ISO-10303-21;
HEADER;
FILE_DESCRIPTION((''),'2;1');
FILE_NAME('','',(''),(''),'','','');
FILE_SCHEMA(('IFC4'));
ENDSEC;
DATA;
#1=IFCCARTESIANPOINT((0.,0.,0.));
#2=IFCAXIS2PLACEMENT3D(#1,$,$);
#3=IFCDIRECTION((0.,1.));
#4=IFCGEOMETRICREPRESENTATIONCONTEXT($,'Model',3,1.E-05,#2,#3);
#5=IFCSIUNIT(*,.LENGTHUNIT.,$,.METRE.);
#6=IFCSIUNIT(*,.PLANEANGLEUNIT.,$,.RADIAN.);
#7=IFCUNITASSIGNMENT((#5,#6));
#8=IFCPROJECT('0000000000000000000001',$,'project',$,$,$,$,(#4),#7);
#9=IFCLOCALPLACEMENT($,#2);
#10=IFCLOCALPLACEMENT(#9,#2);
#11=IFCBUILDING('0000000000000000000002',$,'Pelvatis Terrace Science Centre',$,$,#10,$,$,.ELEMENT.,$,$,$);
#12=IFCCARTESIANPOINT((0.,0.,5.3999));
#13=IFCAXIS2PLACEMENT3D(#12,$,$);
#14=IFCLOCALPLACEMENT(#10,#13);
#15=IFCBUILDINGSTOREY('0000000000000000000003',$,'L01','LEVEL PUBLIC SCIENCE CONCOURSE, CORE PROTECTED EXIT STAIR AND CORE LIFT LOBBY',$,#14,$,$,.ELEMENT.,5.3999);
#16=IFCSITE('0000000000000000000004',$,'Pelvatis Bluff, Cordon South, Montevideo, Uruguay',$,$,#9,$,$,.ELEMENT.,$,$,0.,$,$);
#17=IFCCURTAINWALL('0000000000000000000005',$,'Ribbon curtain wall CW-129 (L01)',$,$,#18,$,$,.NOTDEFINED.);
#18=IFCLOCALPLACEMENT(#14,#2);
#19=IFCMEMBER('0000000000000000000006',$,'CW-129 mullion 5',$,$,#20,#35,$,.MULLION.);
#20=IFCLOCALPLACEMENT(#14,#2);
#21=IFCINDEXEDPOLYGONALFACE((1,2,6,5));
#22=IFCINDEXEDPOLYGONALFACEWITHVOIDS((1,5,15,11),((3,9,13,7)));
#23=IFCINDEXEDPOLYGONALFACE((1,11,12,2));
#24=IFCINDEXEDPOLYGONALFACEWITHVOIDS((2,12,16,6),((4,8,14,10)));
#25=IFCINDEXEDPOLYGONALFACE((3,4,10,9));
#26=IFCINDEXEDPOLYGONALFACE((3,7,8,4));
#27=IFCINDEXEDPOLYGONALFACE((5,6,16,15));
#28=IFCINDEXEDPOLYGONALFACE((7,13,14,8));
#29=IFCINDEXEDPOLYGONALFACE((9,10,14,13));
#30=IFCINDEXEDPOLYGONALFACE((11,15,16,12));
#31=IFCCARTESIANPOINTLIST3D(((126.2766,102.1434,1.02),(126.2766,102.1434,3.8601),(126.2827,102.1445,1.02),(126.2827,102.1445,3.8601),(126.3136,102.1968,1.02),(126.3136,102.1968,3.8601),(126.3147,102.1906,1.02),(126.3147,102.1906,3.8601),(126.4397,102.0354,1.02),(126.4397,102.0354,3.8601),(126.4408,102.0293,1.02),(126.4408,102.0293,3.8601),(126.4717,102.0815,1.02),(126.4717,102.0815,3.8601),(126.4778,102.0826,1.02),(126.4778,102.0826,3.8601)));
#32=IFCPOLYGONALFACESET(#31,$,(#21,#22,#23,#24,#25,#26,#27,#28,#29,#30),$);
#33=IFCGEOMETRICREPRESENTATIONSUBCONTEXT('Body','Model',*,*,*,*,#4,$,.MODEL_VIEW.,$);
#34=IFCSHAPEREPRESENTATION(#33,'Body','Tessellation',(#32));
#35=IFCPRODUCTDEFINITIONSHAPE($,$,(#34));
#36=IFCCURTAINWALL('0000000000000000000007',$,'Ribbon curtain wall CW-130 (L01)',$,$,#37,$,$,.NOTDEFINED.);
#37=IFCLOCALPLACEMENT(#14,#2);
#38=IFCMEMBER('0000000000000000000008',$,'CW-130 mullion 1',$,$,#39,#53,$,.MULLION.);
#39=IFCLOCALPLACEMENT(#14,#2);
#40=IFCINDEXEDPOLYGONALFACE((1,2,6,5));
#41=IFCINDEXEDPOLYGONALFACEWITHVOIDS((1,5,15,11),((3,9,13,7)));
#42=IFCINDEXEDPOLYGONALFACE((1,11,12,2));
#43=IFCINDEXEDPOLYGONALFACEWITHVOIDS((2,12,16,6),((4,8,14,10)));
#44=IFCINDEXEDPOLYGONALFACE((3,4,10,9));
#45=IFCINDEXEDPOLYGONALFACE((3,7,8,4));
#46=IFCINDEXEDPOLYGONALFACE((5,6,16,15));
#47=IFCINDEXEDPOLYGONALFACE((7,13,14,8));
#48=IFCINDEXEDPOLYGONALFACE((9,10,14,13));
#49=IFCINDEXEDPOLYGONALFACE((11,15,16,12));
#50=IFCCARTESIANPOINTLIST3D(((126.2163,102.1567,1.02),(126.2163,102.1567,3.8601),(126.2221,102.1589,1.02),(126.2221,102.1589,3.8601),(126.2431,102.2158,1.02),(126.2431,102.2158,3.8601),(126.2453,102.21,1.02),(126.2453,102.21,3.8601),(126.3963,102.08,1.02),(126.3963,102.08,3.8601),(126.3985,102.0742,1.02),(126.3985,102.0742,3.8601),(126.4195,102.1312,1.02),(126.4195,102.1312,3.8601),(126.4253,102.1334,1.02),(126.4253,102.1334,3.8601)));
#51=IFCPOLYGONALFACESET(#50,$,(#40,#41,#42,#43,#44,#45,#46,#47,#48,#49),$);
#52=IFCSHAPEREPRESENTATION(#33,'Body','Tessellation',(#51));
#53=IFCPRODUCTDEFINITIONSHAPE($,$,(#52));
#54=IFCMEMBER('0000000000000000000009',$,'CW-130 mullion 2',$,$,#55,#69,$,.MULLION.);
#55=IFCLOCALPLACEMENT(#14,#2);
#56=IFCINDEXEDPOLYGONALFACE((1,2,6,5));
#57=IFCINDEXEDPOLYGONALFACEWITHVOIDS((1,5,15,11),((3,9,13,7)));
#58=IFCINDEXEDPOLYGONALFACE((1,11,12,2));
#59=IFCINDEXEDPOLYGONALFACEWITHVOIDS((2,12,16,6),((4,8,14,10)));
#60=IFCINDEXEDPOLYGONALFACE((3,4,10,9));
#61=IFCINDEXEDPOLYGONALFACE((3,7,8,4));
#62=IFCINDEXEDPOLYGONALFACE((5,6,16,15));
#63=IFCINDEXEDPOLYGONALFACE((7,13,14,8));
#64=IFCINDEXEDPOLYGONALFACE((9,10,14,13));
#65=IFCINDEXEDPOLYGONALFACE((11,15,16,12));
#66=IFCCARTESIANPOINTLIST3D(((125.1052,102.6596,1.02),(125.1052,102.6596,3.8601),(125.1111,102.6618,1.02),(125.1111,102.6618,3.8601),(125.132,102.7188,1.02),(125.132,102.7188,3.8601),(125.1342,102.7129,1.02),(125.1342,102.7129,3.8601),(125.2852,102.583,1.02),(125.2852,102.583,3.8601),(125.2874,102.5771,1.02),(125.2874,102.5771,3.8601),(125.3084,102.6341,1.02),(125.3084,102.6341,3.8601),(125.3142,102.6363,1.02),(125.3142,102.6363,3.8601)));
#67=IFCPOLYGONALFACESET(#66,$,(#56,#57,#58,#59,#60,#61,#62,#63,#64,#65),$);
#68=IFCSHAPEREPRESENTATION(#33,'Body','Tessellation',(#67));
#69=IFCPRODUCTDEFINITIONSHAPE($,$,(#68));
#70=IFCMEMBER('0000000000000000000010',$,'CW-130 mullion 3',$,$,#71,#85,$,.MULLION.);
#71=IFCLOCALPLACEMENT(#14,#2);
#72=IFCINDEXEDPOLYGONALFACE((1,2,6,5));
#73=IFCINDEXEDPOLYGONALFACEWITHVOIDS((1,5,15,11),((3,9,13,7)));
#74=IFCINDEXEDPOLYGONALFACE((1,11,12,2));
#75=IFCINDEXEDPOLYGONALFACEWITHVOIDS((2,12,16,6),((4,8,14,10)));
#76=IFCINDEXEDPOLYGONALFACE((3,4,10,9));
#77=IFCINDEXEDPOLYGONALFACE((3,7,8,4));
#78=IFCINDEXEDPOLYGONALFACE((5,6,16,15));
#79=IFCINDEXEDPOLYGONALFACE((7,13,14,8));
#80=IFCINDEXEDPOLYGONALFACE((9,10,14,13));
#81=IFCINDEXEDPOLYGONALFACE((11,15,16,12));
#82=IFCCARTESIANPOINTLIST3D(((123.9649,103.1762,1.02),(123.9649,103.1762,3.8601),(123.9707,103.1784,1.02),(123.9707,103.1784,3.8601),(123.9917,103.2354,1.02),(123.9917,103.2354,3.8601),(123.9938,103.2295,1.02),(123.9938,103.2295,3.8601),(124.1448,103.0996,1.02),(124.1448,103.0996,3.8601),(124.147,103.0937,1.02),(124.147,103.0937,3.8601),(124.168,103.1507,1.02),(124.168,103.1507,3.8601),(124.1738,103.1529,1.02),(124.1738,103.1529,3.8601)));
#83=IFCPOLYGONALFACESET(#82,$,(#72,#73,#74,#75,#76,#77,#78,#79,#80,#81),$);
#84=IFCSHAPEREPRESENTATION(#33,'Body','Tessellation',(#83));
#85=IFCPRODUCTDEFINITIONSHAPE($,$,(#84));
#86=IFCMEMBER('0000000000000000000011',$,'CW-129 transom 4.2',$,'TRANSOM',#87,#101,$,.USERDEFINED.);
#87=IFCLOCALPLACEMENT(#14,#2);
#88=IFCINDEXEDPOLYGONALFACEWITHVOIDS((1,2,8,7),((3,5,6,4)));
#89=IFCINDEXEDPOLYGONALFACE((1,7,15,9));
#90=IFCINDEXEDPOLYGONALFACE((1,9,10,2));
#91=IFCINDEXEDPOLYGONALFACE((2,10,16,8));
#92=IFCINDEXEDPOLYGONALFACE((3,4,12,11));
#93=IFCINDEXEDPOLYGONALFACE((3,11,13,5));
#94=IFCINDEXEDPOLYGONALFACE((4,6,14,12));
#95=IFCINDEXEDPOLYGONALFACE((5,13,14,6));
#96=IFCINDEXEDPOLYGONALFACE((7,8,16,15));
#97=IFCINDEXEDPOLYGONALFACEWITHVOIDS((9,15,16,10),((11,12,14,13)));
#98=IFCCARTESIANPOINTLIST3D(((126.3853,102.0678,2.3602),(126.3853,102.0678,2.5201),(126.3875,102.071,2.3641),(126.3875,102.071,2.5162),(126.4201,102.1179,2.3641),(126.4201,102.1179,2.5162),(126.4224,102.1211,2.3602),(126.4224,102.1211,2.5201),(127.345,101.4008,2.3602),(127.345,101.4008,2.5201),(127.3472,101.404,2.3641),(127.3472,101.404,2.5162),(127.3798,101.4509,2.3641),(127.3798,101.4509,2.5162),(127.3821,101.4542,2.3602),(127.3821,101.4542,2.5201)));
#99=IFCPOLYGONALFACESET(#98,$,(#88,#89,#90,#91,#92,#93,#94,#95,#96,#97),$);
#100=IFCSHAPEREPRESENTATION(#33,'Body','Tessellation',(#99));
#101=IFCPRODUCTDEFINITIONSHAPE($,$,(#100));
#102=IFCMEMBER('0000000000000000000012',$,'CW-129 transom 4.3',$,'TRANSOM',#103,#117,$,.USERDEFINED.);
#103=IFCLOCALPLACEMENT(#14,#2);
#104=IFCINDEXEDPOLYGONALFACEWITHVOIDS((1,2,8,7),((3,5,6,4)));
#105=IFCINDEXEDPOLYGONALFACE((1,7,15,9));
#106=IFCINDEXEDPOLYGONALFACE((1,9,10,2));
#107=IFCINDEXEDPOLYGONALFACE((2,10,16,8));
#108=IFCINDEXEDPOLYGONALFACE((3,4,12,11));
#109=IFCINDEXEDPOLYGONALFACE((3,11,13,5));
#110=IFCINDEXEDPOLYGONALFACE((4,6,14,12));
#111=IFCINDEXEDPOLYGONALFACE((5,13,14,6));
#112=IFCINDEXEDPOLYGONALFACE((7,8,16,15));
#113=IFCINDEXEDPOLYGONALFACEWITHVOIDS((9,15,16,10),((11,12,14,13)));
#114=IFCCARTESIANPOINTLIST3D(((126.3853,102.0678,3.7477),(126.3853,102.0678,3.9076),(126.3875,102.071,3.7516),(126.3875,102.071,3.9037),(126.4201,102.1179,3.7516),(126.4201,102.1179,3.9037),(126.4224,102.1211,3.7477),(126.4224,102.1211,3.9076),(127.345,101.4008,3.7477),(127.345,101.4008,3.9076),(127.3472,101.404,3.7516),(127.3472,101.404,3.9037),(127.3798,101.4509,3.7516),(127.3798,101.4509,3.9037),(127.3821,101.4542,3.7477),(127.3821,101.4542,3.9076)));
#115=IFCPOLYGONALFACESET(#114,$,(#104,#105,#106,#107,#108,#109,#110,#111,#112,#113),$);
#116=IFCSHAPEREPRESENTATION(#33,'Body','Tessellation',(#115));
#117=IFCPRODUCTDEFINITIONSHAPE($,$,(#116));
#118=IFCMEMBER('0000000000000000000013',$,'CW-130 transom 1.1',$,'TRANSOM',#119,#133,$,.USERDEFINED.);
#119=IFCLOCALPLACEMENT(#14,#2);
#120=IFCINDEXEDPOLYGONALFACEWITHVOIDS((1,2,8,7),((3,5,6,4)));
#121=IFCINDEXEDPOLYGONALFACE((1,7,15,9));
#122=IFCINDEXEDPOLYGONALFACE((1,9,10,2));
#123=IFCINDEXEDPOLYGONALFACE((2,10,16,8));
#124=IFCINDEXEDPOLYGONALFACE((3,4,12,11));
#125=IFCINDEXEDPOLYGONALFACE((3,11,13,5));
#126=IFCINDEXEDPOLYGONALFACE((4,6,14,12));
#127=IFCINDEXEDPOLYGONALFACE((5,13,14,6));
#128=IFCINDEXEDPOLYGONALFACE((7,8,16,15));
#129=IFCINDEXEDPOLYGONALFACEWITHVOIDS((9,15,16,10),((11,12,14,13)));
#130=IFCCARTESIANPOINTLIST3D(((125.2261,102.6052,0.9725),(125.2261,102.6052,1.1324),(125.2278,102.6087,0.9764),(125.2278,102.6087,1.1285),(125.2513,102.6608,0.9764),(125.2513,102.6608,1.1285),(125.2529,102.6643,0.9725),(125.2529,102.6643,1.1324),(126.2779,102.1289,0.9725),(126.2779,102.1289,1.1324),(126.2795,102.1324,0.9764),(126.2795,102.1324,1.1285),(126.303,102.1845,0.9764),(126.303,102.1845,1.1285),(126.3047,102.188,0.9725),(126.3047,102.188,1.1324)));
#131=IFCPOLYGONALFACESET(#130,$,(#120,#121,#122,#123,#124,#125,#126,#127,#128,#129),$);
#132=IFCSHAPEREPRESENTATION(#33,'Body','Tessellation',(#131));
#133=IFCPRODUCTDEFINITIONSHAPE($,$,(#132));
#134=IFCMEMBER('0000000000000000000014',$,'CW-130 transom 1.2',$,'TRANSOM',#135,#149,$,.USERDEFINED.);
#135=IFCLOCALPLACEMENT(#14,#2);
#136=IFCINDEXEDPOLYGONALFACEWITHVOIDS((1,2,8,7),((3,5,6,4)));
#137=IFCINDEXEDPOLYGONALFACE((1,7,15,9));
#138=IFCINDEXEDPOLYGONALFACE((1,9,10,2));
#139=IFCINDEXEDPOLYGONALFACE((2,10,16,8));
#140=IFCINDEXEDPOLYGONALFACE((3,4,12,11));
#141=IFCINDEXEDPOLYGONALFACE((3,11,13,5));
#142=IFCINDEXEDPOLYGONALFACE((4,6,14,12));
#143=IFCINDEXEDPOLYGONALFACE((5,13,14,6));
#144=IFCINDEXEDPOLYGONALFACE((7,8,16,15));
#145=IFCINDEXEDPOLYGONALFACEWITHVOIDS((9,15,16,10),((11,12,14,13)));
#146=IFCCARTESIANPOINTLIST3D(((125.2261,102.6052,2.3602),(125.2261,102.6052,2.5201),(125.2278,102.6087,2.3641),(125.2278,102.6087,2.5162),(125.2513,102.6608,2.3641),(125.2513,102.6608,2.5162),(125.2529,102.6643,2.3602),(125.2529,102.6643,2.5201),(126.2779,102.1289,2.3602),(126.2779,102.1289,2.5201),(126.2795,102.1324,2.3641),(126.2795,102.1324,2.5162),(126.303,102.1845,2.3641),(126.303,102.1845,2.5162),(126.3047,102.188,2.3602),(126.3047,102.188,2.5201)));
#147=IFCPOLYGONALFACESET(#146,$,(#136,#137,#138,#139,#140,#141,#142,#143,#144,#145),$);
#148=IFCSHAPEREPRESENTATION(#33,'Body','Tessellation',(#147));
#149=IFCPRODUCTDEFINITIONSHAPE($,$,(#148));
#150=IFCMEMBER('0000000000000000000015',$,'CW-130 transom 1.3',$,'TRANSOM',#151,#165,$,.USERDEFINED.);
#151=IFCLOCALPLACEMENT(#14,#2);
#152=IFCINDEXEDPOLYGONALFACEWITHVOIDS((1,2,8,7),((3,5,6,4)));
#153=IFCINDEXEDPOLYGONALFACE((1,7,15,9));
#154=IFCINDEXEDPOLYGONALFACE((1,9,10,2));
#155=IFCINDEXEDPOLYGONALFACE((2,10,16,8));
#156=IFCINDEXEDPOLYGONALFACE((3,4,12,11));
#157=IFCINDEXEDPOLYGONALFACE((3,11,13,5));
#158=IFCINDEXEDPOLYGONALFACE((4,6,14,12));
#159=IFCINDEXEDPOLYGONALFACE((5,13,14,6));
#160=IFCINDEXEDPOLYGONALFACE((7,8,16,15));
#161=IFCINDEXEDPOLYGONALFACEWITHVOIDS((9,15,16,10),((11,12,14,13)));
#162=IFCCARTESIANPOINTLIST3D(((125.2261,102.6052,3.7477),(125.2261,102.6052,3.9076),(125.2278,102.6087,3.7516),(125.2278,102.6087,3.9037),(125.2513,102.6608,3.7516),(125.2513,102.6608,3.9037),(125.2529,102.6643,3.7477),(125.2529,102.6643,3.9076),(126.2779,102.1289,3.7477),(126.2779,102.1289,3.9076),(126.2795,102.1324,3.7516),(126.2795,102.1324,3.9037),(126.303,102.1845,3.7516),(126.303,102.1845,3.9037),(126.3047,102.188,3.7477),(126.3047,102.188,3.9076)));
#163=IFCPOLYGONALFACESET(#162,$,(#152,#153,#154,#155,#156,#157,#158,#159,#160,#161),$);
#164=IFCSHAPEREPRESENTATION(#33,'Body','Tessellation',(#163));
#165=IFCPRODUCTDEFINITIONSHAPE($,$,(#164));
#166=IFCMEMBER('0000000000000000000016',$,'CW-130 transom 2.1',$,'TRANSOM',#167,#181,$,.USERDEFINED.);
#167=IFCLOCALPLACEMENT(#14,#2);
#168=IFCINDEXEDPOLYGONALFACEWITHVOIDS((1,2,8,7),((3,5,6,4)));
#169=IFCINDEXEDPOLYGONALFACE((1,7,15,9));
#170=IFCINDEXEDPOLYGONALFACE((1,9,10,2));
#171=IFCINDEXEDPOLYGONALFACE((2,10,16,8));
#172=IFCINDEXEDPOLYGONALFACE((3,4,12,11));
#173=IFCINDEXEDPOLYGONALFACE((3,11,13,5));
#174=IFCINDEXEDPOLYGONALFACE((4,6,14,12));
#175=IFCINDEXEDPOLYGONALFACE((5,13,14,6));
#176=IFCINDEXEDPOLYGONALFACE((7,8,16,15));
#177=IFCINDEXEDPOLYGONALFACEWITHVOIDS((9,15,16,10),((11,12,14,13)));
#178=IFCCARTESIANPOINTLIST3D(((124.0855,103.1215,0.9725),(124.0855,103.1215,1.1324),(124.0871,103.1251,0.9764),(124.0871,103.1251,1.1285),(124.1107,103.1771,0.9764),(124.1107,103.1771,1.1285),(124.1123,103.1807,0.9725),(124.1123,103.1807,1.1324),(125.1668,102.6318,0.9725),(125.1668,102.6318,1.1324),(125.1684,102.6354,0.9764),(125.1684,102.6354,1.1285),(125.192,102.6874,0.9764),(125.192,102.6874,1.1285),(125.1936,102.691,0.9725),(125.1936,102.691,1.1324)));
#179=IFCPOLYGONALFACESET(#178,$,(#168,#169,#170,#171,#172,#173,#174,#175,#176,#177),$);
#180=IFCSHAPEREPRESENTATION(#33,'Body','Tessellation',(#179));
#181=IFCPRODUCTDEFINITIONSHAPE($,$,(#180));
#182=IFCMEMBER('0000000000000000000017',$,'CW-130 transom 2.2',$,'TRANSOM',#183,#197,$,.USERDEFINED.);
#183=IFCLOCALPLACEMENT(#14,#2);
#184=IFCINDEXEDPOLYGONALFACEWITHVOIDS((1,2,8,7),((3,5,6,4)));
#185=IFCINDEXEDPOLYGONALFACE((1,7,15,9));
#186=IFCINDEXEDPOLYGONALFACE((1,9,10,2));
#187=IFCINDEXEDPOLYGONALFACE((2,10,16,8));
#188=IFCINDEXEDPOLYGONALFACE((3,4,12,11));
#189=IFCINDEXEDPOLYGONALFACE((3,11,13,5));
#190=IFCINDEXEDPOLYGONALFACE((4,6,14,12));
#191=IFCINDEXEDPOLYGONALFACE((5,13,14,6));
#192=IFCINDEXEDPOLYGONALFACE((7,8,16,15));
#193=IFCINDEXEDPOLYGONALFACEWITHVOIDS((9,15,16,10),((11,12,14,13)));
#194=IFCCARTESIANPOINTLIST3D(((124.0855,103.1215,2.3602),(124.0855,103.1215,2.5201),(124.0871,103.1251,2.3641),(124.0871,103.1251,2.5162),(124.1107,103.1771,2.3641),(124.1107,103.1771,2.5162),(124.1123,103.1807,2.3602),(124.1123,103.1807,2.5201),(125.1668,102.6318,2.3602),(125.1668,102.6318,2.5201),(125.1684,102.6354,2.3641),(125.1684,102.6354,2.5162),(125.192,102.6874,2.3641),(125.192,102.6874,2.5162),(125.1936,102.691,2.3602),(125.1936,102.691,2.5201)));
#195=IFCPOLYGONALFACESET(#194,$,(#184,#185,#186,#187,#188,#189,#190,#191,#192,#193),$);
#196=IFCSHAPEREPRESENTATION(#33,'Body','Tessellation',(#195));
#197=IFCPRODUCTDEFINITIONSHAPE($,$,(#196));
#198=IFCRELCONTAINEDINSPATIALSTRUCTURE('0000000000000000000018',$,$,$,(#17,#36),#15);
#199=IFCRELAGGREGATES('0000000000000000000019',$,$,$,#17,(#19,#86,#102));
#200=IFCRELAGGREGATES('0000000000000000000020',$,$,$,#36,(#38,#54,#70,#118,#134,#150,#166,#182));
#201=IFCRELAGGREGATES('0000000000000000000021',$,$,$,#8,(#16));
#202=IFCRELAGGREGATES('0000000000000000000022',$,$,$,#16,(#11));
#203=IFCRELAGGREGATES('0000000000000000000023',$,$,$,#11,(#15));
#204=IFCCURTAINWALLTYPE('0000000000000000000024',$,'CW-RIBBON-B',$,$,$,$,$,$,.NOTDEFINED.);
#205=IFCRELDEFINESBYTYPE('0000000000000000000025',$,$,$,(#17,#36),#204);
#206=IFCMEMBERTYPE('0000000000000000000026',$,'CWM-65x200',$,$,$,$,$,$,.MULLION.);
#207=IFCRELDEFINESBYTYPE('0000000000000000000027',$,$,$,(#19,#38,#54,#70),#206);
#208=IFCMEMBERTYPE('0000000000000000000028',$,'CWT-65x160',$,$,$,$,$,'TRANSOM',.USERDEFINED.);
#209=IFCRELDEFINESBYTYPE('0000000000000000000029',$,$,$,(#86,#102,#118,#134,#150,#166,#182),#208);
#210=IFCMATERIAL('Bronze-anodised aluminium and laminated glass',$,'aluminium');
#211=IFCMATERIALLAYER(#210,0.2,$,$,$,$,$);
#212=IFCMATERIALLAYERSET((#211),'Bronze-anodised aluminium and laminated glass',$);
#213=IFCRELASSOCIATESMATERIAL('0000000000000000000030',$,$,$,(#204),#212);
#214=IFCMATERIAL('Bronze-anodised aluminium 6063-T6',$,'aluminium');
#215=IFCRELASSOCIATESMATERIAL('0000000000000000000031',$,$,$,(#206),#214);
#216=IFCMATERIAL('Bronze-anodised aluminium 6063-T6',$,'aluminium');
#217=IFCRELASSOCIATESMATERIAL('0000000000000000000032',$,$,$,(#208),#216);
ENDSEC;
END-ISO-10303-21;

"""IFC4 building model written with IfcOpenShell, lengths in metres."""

from ifc_helpers import new_model, si_unit, direction, frame, origin, origin_2d, place, context, subcontext, project, spatial, hollow_rectangle, extrude, material, layer, layer_set, material_profile, profile_set, type_object, element, aggregate, save


model = new_model("IFC4")

# Units and contexts
model_context = context("Model", 3, precision=1e-05, world=origin(), true_north=direction((0.0, 1.0)))
body_context = subcontext(model_context, "Body", "Model", "MODEL_VIEW")
ifc_project = project(units=[si_unit("LENGTHUNIT", "METRE"), si_unit("PLANEANGLEUNIT", "RADIAN")], contexts=[model_context])

# Site, building, storey
site_placement = place(None, origin())
site = spatial("IfcSite", under=ifc_project, at=site_placement, Name="Pelvatis Bluff, Cordon South, Montevideo, Uruguay", CompositionType="ELEMENT", RefElevation=0.0)
building_placement = place(site_placement, origin())
building = spatial("IfcBuilding", under=site, at=building_placement, Name="Pelvatis Terrace Science Centre", CompositionType="ELEMENT")
storey_placement = place(building_placement, frame((0.0, 0.0, 5.3999)))
storey = spatial("IfcBuildingStorey", under=building, at=storey_placement, Name="L01", Description="LEVEL PUBLIC SCIENCE CONCOURSE, CORE PROTECTED EXIT STAIR AND CORE LIFT LOBBY", CompositionType="ELEMENT", Elevation=5.3999)

# Curtain wall, member
ifc_material_1 = material(Name="Bronze-anodised aluminium and laminated glass", Category="aluminium")
ifc_layer_1 = layer(ifc_material_1, 0.2)
ifc_layer_set_1 = layer_set([ifc_layer_1], Name="Bronze-anodised aluminium and laminated glass")
curtain_wall_type = type_object("IfcCurtainWallType", Name="CW-RIBBON-B", PredefinedType="NOTDEFINED", material=ifc_layer_set_1)
curtain_wall_1_placement = place(storey_placement, origin())
curtain_wall_1 = element("IfcCurtainWall", 1, at=curtain_wall_1_placement, inside=storey, type_object=curtain_wall_type, Name="Ribbon curtain wall CW-129 (L01)", PredefinedType="NOTDEFINED")
ifc_material_2 = material(Name="Bronze-anodised aluminium 6063-T6", Category="aluminium")
ifc_material_profile_1 = material_profile(ifc_material_2, hollow_rectangle(XDim=0.0649, YDim=0.2, WallThickness=0.0044, at=origin_2d()), Name="ALU-MUL 65x200")
ifc_profile_set_1 = profile_set([ifc_material_profile_1], Name="Bronze-anodised aluminium 6063-T6")
member_type_1 = type_object("IfcMemberType", Name="CWM-65x200", PredefinedType="MULLION", material=ifc_profile_set_1)
member_1_placement = place(storey_placement, frame((126.3772, 102.113, 1.02), z_axis=(0.0, 0.0, 1.0), x_axis=(-0.570771, -0.821109, 0.0)))
member_1 = element("IfcMember", 2, at=member_1_placement, type_object=member_type_1, Name="CW-129 mullion 5", PredefinedType="MULLION", context=body_context, shape_type="SweptSolid", body=[
    extrude(hollow_rectangle(XDim=0.0649, YDim=0.2, WallThickness=0.0044, at=origin_2d()), origin(), (0.0, 0.0, 1.0), 2.8401),
])

# Curtain wall, members
curtain_wall_2_placement = place(storey_placement, origin())
curtain_wall_2 = element("IfcCurtainWall", 3, at=curtain_wall_2_placement, inside=storey, type_object=curtain_wall_type, Name="Ribbon curtain wall CW-130 (L01)", PredefinedType="NOTDEFINED")
member_2_placement = place(storey_placement, frame((126.3208, 102.145, 1.02), z_axis=(0.0, 0.0, 1.0), x_axis=(-0.41243, -0.910989, 0.0)))
member_2 = element("IfcMember", 4, at=member_2_placement, type_object=member_type_1, Name="CW-130 mullion 1", PredefinedType="MULLION", context=body_context, shape_type="SweptSolid", body=[
    extrude(hollow_rectangle(XDim=0.0649, YDim=0.2, WallThickness=0.0044, at=origin_2d()), origin(), (0.0, 0.0, 1.0), 2.8401),
])
member_3_placement = place(storey_placement, frame((125.2097, 102.6479, 1.02), z_axis=(0.0, 0.0, 1.0), x_axis=(-0.41243, -0.910989, 0.0)))
member_3 = element("IfcMember", 5, at=member_3_placement, type_object=member_type_1, Name="CW-130 mullion 2", PredefinedType="MULLION", context=body_context, shape_type="SweptSolid", body=[
    extrude(hollow_rectangle(XDim=0.0649, YDim=0.2, WallThickness=0.0044, at=origin_2d()), origin(), (0.0, 0.0, 1.0), 2.8401),
])
member_4_placement = place(storey_placement, frame((124.0693, 103.1646, 1.02), z_axis=(0.0, 0.0, 1.0), x_axis=(-0.41243, -0.910989, 0.0)))
member_4 = element("IfcMember", 6, at=member_4_placement, type_object=member_type_1, Name="CW-130 mullion 3", PredefinedType="MULLION", context=body_context, shape_type="SweptSolid", body=[
    extrude(hollow_rectangle(XDim=0.0649, YDim=0.2, WallThickness=0.0044, at=origin_2d()), origin(), (0.0, 0.0, 1.0), 2.8401),
])

# Members
ifc_material_3 = material(Name="Bronze-anodised aluminium 6063-T6", Category="aluminium")
ifc_material_profile_2 = material_profile(ifc_material_3, hollow_rectangle(XDim=0.0649, YDim=0.1599, WallThickness=0.0039, at=origin_2d()), Name="ALU-TRN 65x160")
ifc_profile_set_2 = profile_set([ifc_material_profile_2], Name="Bronze-anodised aluminium 6063-T6")
member_type_2 = type_object("IfcMemberType", Name="CWT-65x160", ElementType="TRANSOM", PredefinedType="USERDEFINED", material=ifc_profile_set_2)
member_5_placement = place(storey_placement, frame((127.3635, 101.4275, 2.4402), z_axis=(-0.821161, 0.570697, 0.0), x_axis=(-0.570697, -0.821161, 0.0)))
member_5 = element("IfcMember", 7, at=member_5_placement, type_object=member_type_2, Name="CW-129 transom 4.2", ObjectType="TRANSOM", PredefinedType="USERDEFINED", context=body_context, shape_type="SweptSolid", body=[
    extrude(hollow_rectangle(XDim=0.0649, YDim=0.1599, WallThickness=0.0039, at=origin_2d()), origin(), (0.0, 0.0, 1.0), 1.1687),
])
member_6_placement = place(storey_placement, frame((127.3635, 101.4275, 3.8276), z_axis=(-0.821161, 0.570697, 0.0), x_axis=(-0.570697, -0.821161, 0.0)))
member_6 = element("IfcMember", 8, at=member_6_placement, type_object=member_type_2, Name="CW-129 transom 4.3", ObjectType="TRANSOM", PredefinedType="USERDEFINED", context=body_context, shape_type="SweptSolid", body=[
    extrude(hollow_rectangle(XDim=0.0649, YDim=0.1599, WallThickness=0.0039, at=origin_2d()), origin(), (0.0, 0.0, 1.0), 1.1687),
])
member_7_placement = place(storey_placement, frame((126.2913, 102.1584, 1.0525), z_axis=(-0.910938, 0.412544, 0.0), x_axis=(-0.412544, -0.910938, 0.0)))
member_7 = element("IfcMember", 9, at=member_7_placement, type_object=member_type_2, Name="CW-130 transom 1.1", ObjectType="TRANSOM", PredefinedType="USERDEFINED", context=body_context, shape_type="SweptSolid", body=[
    extrude(hollow_rectangle(XDim=0.0649, YDim=0.1599, WallThickness=0.0039, at=origin_2d()), origin(), (0.0, 0.0, 1.0), 1.1545),
])
member_8_placement = place(storey_placement, frame((126.2913, 102.1584, 2.4402), z_axis=(-0.910938, 0.412544, 0.0), x_axis=(-0.412544, -0.910938, 0.0)))
member_8 = element("IfcMember", 10, at=member_8_placement, type_object=member_type_2, Name="CW-130 transom 1.2", ObjectType="TRANSOM", PredefinedType="USERDEFINED", context=body_context, shape_type="SweptSolid", body=[
    extrude(hollow_rectangle(XDim=0.0649, YDim=0.1599, WallThickness=0.0039, at=origin_2d()), origin(), (0.0, 0.0, 1.0), 1.1545),
])
member_9_placement = place(storey_placement, frame((126.2913, 102.1584, 3.8276), z_axis=(-0.910938, 0.412544, 0.0), x_axis=(-0.412544, -0.910938, 0.0)))
member_9 = element("IfcMember", 11, at=member_9_placement, type_object=member_type_2, Name="CW-130 transom 1.3", ObjectType="TRANSOM", PredefinedType="USERDEFINED", context=body_context, shape_type="SweptSolid", body=[
    extrude(hollow_rectangle(XDim=0.0649, YDim=0.1599, WallThickness=0.0039, at=origin_2d()), origin(), (0.0, 0.0, 1.0), 1.1545),
])
member_10_placement = place(storey_placement, frame((125.1802, 102.6614, 1.0525), z_axis=(-0.910922, 0.412578, 0.0), x_axis=(-0.412578, -0.910922, 0.0)))
member_10 = element("IfcMember", 12, at=member_10_placement, type_object=member_type_2, Name="CW-130 transom 2.1", ObjectType="TRANSOM", PredefinedType="USERDEFINED", context=body_context, shape_type="SweptSolid", body=[
    extrude(hollow_rectangle(XDim=0.0649, YDim=0.1599, WallThickness=0.0039, at=origin_2d()), origin(), (0.0, 0.0, 1.0), 1.187),
])
member_11_placement = place(storey_placement, frame((125.1802, 102.6614, 2.4402), z_axis=(-0.910922, 0.412578, 0.0), x_axis=(-0.412578, -0.910922, 0.0)))
member_11 = element("IfcMember", 13, at=member_11_placement, type_object=member_type_2, Name="CW-130 transom 2.2", ObjectType="TRANSOM", PredefinedType="USERDEFINED", context=body_context, shape_type="SweptSolid", body=[
    extrude(hollow_rectangle(XDim=0.0649, YDim=0.1599, WallThickness=0.0039, at=origin_2d()), origin(), (0.0, 0.0, 1.0), 1.187),
])

aggregate(curtain_wall_1, [member_1, member_5, member_6])
aggregate(curtain_wall_2, [member_2, member_3, member_4, member_7, member_8, member_9, member_10, member_11])

save(model, "model.ifc")
